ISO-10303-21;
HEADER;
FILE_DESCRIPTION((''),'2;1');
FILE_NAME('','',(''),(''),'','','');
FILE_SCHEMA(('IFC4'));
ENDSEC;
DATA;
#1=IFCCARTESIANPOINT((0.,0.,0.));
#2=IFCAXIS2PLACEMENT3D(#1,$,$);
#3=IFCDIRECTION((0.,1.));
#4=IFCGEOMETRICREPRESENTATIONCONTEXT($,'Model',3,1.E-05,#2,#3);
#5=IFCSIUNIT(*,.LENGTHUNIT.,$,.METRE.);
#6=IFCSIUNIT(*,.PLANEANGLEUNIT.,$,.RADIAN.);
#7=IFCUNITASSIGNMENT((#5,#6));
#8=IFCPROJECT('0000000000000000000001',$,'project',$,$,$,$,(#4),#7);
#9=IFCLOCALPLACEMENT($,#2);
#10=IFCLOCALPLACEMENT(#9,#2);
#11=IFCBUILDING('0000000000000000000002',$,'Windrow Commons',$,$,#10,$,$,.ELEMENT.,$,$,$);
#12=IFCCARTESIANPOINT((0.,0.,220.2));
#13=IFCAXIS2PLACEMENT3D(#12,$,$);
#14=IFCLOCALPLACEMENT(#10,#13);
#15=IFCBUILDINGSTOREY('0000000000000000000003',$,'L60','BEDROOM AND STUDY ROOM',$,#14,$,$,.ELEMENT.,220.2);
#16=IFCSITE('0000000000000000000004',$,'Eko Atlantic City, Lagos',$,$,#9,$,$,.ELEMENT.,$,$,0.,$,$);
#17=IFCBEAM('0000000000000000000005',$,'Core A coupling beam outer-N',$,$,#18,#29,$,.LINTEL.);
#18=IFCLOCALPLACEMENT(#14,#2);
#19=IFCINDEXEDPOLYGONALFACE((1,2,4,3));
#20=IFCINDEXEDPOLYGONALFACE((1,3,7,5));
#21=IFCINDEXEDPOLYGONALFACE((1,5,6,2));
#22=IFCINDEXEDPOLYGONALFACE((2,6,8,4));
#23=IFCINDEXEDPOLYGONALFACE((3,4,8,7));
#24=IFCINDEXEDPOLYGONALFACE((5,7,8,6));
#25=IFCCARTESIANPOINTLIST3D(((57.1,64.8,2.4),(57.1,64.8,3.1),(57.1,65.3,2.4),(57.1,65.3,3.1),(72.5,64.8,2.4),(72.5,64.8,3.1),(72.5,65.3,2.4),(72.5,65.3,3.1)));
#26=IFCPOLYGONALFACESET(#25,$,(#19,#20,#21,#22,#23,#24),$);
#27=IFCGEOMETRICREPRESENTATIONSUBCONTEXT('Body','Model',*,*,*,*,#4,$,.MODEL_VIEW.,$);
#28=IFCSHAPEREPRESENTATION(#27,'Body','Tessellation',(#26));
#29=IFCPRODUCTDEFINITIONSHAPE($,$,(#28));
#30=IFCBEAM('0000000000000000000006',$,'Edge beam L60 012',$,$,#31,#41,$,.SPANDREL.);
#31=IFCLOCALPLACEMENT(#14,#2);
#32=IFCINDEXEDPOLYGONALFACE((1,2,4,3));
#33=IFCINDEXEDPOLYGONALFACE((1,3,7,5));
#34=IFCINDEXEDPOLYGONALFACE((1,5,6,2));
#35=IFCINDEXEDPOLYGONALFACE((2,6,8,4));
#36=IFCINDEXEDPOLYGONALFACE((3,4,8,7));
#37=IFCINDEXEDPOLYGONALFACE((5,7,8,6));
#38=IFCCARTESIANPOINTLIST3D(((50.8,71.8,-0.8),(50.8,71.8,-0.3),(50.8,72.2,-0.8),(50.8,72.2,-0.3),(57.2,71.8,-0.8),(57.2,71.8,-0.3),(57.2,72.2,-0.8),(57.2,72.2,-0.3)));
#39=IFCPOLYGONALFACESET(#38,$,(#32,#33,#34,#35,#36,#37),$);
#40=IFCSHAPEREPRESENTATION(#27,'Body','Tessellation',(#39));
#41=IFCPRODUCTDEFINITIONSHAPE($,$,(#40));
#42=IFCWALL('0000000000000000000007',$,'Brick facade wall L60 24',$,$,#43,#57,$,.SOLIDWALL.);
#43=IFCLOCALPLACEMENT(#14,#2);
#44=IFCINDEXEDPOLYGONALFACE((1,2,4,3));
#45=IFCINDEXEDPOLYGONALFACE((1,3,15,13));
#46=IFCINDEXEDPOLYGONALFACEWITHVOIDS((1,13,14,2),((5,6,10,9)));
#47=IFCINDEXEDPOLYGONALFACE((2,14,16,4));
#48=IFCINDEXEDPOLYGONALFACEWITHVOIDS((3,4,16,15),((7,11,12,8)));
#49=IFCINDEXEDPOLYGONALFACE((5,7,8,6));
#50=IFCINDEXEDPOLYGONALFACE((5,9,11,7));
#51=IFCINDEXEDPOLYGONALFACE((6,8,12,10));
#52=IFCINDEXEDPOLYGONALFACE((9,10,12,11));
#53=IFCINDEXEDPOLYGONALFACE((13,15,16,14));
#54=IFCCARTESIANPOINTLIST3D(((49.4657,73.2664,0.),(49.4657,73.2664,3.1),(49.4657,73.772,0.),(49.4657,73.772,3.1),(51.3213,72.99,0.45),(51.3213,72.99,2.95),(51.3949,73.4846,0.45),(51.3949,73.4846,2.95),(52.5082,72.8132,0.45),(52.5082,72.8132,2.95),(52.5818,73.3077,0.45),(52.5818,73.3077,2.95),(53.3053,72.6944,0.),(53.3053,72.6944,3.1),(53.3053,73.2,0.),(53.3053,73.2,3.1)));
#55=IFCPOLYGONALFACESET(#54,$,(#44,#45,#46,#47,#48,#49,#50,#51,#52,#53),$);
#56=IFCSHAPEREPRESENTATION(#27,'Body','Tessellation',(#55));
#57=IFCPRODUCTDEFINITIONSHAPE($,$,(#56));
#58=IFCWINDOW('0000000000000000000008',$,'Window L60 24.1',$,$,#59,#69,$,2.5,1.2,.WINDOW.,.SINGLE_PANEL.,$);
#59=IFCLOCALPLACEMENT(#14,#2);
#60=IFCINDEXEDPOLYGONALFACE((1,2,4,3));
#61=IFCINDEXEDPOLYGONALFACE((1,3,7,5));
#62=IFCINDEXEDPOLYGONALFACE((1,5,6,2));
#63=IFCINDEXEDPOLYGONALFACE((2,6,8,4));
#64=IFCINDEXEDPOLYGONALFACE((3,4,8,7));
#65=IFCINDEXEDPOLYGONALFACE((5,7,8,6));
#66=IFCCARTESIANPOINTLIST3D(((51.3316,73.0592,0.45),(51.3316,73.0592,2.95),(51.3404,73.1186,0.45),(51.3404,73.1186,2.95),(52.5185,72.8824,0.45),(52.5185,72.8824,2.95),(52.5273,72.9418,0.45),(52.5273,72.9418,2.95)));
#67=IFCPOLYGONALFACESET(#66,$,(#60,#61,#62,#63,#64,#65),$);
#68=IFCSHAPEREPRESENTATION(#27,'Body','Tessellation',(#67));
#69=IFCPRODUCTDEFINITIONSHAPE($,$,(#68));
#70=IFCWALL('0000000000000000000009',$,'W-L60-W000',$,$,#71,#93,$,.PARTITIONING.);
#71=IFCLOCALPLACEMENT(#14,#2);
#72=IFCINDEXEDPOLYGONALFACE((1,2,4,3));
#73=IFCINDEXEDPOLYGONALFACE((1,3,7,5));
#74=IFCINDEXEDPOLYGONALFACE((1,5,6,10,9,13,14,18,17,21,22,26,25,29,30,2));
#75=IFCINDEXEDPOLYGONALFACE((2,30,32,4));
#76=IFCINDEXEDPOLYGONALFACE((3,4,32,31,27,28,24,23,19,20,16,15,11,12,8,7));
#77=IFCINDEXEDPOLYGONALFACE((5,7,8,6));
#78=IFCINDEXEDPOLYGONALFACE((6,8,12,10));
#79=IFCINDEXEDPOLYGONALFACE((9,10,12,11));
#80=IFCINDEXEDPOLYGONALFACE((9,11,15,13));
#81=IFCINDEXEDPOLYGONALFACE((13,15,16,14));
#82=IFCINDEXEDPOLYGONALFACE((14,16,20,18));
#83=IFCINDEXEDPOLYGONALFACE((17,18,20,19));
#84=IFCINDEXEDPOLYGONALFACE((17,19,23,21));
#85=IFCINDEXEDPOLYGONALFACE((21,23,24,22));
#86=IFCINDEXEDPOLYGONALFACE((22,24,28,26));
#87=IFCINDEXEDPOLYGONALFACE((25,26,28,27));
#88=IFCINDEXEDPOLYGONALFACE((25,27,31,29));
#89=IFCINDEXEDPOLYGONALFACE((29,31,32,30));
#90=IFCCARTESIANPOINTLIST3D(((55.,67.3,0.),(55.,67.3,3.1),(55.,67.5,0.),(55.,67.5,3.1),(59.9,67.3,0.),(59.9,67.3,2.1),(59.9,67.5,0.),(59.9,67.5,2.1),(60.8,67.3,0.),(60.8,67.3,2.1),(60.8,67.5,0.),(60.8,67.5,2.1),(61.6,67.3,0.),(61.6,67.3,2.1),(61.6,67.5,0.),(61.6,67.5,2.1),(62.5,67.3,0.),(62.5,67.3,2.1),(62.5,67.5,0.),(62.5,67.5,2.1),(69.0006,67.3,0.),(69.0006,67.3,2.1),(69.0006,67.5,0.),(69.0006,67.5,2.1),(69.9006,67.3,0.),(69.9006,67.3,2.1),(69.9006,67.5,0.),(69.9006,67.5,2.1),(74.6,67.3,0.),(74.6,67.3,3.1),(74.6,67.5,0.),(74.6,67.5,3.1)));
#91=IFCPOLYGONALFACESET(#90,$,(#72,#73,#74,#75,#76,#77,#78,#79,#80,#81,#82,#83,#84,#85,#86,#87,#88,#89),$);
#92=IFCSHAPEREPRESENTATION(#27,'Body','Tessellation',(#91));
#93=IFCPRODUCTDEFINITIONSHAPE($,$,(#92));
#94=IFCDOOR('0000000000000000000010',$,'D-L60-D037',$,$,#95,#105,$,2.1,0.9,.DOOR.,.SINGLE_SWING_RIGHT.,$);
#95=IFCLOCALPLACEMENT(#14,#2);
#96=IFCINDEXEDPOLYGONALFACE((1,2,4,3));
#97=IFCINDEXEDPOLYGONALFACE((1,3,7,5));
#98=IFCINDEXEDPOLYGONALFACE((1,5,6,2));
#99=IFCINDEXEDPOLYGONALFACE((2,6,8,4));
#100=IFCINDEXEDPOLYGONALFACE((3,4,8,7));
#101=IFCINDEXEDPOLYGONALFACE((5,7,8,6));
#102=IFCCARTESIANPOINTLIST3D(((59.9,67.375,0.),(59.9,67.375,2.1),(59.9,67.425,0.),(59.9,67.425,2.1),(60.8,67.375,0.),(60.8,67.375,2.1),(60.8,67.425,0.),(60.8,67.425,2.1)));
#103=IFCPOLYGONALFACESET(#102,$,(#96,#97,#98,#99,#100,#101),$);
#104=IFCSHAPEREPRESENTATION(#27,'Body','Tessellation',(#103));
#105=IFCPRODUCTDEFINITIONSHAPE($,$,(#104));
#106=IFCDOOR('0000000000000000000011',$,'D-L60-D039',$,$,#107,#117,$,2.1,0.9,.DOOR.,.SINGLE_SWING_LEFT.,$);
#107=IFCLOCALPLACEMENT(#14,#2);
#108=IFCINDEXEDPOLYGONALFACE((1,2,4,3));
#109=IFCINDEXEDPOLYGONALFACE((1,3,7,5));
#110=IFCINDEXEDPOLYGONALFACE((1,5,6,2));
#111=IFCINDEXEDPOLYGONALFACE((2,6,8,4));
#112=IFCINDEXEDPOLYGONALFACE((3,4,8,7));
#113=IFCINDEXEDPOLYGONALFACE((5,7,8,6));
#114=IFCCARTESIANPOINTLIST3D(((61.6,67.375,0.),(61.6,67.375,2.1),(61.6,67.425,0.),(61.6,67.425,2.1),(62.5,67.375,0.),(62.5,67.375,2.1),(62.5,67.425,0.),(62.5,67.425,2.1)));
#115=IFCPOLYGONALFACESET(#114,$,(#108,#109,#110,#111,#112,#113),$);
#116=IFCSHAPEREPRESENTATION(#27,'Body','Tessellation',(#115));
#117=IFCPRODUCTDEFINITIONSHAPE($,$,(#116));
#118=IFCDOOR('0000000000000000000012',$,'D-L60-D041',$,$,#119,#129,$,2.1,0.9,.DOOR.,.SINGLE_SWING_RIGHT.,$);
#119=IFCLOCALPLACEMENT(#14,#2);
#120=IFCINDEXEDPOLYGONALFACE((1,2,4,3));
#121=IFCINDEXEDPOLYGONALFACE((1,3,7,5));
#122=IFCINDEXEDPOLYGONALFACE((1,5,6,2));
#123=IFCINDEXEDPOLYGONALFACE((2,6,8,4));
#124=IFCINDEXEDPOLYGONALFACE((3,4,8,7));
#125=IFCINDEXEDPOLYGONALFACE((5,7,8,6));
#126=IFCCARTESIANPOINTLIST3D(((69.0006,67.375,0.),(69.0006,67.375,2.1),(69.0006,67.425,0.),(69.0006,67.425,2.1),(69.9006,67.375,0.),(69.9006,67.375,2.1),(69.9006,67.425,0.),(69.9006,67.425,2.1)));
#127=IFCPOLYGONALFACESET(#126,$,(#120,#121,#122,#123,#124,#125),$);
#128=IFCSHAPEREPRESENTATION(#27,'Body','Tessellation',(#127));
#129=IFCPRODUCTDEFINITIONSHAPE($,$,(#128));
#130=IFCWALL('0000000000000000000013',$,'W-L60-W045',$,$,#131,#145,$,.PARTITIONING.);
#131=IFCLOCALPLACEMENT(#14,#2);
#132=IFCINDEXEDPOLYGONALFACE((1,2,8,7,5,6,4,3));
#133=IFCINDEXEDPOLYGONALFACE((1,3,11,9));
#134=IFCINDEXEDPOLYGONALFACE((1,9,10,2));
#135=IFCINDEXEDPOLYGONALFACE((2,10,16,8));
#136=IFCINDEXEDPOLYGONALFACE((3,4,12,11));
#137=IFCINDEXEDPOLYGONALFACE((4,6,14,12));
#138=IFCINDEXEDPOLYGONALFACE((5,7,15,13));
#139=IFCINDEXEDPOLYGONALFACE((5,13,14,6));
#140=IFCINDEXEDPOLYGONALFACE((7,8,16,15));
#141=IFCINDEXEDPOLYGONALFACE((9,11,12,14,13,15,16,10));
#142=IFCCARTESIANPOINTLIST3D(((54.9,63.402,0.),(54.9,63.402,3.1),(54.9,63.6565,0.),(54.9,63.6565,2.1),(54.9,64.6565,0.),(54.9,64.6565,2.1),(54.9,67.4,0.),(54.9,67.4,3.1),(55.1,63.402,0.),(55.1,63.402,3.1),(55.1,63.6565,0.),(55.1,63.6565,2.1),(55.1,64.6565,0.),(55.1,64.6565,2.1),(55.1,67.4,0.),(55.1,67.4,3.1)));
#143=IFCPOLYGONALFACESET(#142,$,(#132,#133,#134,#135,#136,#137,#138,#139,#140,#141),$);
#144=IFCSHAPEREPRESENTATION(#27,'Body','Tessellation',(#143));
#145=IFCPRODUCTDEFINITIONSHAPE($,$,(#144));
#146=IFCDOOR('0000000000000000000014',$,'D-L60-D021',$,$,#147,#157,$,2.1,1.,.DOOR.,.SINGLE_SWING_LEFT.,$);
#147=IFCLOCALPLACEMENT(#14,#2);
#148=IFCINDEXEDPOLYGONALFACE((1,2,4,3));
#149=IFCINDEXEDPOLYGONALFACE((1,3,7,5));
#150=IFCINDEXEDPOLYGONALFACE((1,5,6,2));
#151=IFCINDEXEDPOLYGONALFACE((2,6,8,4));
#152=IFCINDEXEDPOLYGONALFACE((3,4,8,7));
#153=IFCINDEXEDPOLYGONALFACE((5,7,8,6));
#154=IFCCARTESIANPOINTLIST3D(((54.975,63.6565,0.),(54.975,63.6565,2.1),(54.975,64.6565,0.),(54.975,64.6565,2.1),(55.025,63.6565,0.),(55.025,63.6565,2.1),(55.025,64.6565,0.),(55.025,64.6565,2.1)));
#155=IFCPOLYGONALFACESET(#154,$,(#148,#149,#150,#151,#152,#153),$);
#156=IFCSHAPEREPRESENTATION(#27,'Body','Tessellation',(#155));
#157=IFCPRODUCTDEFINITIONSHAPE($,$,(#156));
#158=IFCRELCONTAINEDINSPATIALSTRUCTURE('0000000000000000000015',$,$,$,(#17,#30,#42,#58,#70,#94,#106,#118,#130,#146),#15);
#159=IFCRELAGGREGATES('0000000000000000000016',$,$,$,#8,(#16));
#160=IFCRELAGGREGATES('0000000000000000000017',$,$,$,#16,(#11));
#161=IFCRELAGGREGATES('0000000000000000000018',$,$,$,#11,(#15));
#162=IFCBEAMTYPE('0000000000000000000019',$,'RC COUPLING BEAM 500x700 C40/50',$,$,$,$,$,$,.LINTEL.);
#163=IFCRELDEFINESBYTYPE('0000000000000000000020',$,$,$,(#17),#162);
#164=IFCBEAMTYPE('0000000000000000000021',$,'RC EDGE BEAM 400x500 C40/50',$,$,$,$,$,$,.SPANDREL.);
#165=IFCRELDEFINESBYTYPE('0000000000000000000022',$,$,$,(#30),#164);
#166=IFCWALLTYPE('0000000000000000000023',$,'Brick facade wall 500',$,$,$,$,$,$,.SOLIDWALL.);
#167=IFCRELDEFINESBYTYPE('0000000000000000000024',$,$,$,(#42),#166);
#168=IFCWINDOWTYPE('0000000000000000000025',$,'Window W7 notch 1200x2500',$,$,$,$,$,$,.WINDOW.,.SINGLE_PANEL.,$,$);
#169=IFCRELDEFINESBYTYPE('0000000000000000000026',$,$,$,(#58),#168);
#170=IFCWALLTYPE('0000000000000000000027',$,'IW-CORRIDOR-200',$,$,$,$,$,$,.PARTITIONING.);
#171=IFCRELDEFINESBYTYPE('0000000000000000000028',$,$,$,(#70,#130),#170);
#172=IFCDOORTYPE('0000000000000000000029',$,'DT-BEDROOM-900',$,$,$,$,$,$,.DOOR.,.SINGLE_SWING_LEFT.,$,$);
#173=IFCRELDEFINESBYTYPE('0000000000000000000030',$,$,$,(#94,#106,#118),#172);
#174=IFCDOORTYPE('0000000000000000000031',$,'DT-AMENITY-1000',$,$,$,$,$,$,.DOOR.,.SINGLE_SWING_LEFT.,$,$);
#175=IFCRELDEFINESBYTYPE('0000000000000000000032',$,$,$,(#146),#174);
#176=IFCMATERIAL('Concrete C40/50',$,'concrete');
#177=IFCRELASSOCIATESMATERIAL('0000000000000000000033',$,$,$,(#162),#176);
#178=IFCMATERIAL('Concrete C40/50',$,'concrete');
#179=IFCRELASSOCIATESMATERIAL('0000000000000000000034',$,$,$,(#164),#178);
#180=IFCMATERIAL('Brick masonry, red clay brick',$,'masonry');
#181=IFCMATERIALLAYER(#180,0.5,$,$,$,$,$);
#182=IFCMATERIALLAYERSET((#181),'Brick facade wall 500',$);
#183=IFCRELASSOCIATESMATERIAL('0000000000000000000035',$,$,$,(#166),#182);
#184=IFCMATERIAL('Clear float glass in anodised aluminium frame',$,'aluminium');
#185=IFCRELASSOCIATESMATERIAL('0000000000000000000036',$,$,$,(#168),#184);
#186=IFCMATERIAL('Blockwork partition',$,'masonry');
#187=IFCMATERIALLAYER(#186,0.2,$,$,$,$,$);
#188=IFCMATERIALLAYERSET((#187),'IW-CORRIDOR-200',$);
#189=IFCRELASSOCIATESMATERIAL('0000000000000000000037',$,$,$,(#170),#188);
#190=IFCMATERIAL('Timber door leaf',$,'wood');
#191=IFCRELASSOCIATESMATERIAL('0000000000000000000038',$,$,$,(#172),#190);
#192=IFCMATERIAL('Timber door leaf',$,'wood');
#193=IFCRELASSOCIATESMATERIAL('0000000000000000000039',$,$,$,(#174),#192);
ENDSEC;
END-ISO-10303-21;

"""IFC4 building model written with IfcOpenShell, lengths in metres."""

from ifc_helpers import new_model, si_unit, direction, frame, frame_2d, origin, origin_2d, place, context, subcontext, project, spatial, polyline, rectangle, outline, extrude, material, layer, layer_set, material_profile, profile_set, type_object, element, fill, save


model = new_model("IFC4")

# Units and contexts
model_context = context("Model", 3, precision=1e-05, world=origin(), true_north=direction((0.0, 1.0)))
body_context = subcontext(model_context, "Body", "Model", "MODEL_VIEW")
ifc_project = project(units=[si_unit("LENGTHUNIT", "METRE"), si_unit("PLANEANGLEUNIT", "RADIAN")], contexts=[model_context])

# Site, building, storey
site_placement = place(None, origin())
site = spatial("IfcSite", under=ifc_project, at=site_placement, Name="Eko Atlantic City, Lagos", CompositionType="ELEMENT", RefElevation=0.0)
building_placement = place(site_placement, origin())
building = spatial("IfcBuilding", under=site, at=building_placement, Name="Windrow Commons", CompositionType="ELEMENT")
storey_placement = place(building_placement, frame((0.0, 0.0, 220.2)))
storey = spatial("IfcBuildingStorey", under=building, at=storey_placement, Name="L60", Description="BEDROOM AND STUDY ROOM", CompositionType="ELEMENT", Elevation=220.2)

# Beams
ifc_material_1 = material(Name="Concrete C40/50", Category="concrete")
ifc_material_profile_1 = material_profile(ifc_material_1, rectangle(XDim=0.5, YDim=0.7, at=origin_2d()))
ifc_profile_set_1 = profile_set([ifc_material_profile_1], Name="Concrete C40/50")
beam_type_1 = type_object("IfcBeamType", Name="RC COUPLING BEAM 500x700 C40/50", PredefinedType="LINTEL", material=ifc_profile_set_1)
beam_1_placement = place(storey_placement, frame((57.1, 65.05, 2.75), z_axis=(1.0, 0.0, 0.0), x_axis=(0.0, 1.0, 0.0)))
element("IfcBeam", 1, at=beam_1_placement, inside=storey, type_object=beam_type_1, Name="Core A coupling beam outer-N", PredefinedType="LINTEL", context=body_context, shape_type="SweptSolid", body=[
    extrude(rectangle(XDim=0.5, YDim=0.7, at=origin_2d()), origin(), (0.0, 0.0, 1.0), 15.4),
])
ifc_material_2 = material(Name="Concrete C40/50", Category="concrete")
ifc_material_profile_2 = material_profile(ifc_material_2, rectangle(XDim=0.4, YDim=0.5, at=origin_2d()))
ifc_profile_set_2 = profile_set([ifc_material_profile_2], Name="Concrete C40/50")
beam_type_2 = type_object("IfcBeamType", Name="RC EDGE BEAM 400x500 C40/50", PredefinedType="SPANDREL", material=ifc_profile_set_2)
beam_2_placement = place(storey_placement, frame((50.8, 72.0, -0.55), z_axis=(1.0, 0.0, 0.0), x_axis=(0.0, 1.0, 0.0)))
element("IfcBeam", 2, at=beam_2_placement, inside=storey, type_object=beam_type_2, Name="Edge beam L60 012", PredefinedType="SPANDREL", context=body_context, shape_type="SweptSolid", body=[
    extrude(rectangle(XDim=0.4, YDim=0.5, at=origin_2d()), origin(), (0.0, 0.0, 1.0), 6.4),
])

# Wall, opening, window
ifc_material_3 = material(Name="Brick masonry, red clay brick", Category="masonry")
ifc_layer_1 = layer(ifc_material_3, 0.5)
ifc_layer_set_1 = layer_set([ifc_layer_1], Name="Brick facade wall 500")
wall_type_1 = type_object("IfcWallType", Name="Brick facade wall 500", PredefinedType="SOLIDWALL", material=ifc_layer_set_1)
wall_1_placement = place(storey_placement, frame((53.3053, 72.9472, 0.0), z_axis=(0.0, 0.0, 1.0), x_axis=(-0.989085, 0.147348, 0.0)))
wall_1 = element("IfcWall", 3, at=wall_1_placement, inside=storey, type_object=wall_type_1, Name="Brick facade wall L60 24", PredefinedType="SOLIDWALL", context=body_context, shape_type="SweptSolid", body=[
    extrude(outline(polyline([(0.0372, -0.25), (3.9192, -0.25), (3.8447, 0.25), (-0.0372, 0.25), (0.0372, -0.25)])), origin(), (0.0, 0.0, 1.0), 3.1),
])
opening_1_placement = place(wall_1_placement, frame((0.7687, 0.0, 0.45)))
opening_1 = element("IfcOpeningElement", 4, at=opening_1_placement, cuts=wall_1, PredefinedType="OPENING", context=body_context, shape_type="SweptSolid", body=[
    extrude(rectangle(XDim=1.2, YDim=2.5, at=frame_2d((0.6, 1.25))), frame((0.0, 0.26, 0.0), z_axis=(0.0, -1.0, 0.0), x_axis=(1.0, 0.0, 0.0)), (0.0, 0.0, 1.0), 0.52),
])
ifc_material_4 = material(Name="Clear float glass in anodised aluminium frame", Category="aluminium")
window_type = type_object("IfcWindowType", Name="Window W7 notch 1200x2500", PartitioningType="SINGLE_PANEL", PredefinedType="WINDOW", material=ifc_material_4)
window_placement = place(opening_1_placement, origin())
window = element("IfcWindow", 5, at=window_placement, inside=storey, type_object=window_type, Name="Window L60 24.1", OverallHeight=2.5, OverallWidth=1.2, PartitioningType="SINGLE_PANEL", PredefinedType="WINDOW", context=body_context, shape_type="SweptSolid", body=[
    extrude(rectangle(XDim=1.2, YDim=2.5, at=frame_2d((0.6, 1.25))), frame((0.0, 0.18, 0.0), z_axis=(0.0, -1.0, 0.0), x_axis=(1.0, 0.0, 0.0)), (0.0, 0.0, 1.0), 0.06),
])
fill(opening_1, window)

# Wall, openings, doors
ifc_material_5 = material(Name="Blockwork partition", Category="masonry")
ifc_layer_2 = layer(ifc_material_5, 0.2)
ifc_layer_set_2 = layer_set([ifc_layer_2], Name="IW-CORRIDOR-200")
wall_type_2 = type_object("IfcWallType", Name="IW-CORRIDOR-200", PredefinedType="PARTITIONING", material=ifc_layer_set_2)
wall_2_placement = place(storey_placement, frame((55.0, 67.4, 0.0), z_axis=(0.0, 0.0, 1.0), x_axis=(1.0, 0.0, 0.0)))
wall_2 = element("IfcWall", 6, at=wall_2_placement, inside=storey, type_object=wall_type_2, Name="W-L60-W000", PredefinedType="PARTITIONING", context=body_context, shape_type="SweptSolid", body=[
    extrude(rectangle(XDim=19.6, YDim=0.2, at=frame_2d((9.8, 0.0))), origin(), (0.0, 0.0, 1.0), 3.1),
])
opening_2_placement = place(wall_2_placement, frame((4.9, 0.0, 0.0)))
opening_2 = element("IfcOpeningElement", 7, at=opening_2_placement, cuts=wall_2, PredefinedType="OPENING", context=body_context, shape_type="SweptSolid", body=[
    extrude(rectangle(XDim=0.9, YDim=2.1, at=frame_2d((0.45, 1.05))), frame((0.0, 0.11, 0.0), z_axis=(0.0, -1.0, 0.0), x_axis=(1.0, 0.0, 0.0)), (0.0, 0.0, 1.0), 0.22),
])
opening_3_placement = place(wall_2_placement, frame((6.6, 0.0, 0.0)))
opening_3 = element("IfcOpeningElement", 8, at=opening_3_placement, cuts=wall_2, PredefinedType="OPENING", context=body_context, shape_type="SweptSolid", body=[
    extrude(rectangle(XDim=0.9, YDim=2.1, at=frame_2d((0.45, 1.05))), frame((0.0, 0.11, 0.0), z_axis=(0.0, -1.0, 0.0), x_axis=(1.0, 0.0, 0.0)), (0.0, 0.0, 1.0), 0.22),
])
opening_4_placement = place(wall_2_placement, frame((14.0006, 0.0, 0.0)))
opening_4 = element("IfcOpeningElement", 9, at=opening_4_placement, cuts=wall_2, PredefinedType="OPENING", context=body_context, shape_type="SweptSolid", body=[
    extrude(rectangle(XDim=0.9, YDim=2.1, at=frame_2d((0.45, 1.05))), frame((0.0, 0.11, 0.0), z_axis=(0.0, -1.0, 0.0), x_axis=(1.0, 0.0, 0.0)), (0.0, 0.0, 1.0), 0.22),
])
ifc_material_6 = material(Name="Timber door leaf", Category="wood")
door_type_1 = type_object("IfcDoorType", Name="DT-BEDROOM-900", OperationType="SINGLE_SWING_LEFT", PredefinedType="DOOR", material=ifc_material_6)
door_1_placement = place(opening_2_placement, origin())
door_1 = element("IfcDoor", 10, at=door_1_placement, inside=storey, type_object=door_type_1, Name="D-L60-D037", OperationType="SINGLE_SWING_RIGHT", OverallHeight=2.1, OverallWidth=0.9, PredefinedType="DOOR", context=body_context, shape_type="SweptSolid", body=[
    extrude(rectangle(XDim=0.9, YDim=2.1, at=frame_2d((0.45, 1.05))), frame((0.0, 0.025, 0.0), z_axis=(0.0, -1.0, 0.0), x_axis=(1.0, 0.0, 0.0)), (0.0, 0.0, 1.0), 0.05),
])
fill(opening_2, door_1)
door_2_placement = place(opening_3_placement, origin())
door_2 = element("IfcDoor", 11, at=door_2_placement, inside=storey, type_object=door_type_1, Name="D-L60-D039", OperationType="SINGLE_SWING_LEFT", OverallHeight=2.1, OverallWidth=0.9, PredefinedType="DOOR", context=body_context, shape_type="SweptSolid", body=[
    extrude(rectangle(XDim=0.9, YDim=2.1, at=frame_2d((0.45, 1.05))), frame((0.0, 0.025, 0.0), z_axis=(0.0, -1.0, 0.0), x_axis=(1.0, 0.0, 0.0)), (0.0, 0.0, 1.0), 0.05),
])
fill(opening_3, door_2)
door_3_placement = place(opening_4_placement, origin())
door_3 = element("IfcDoor", 12, at=door_3_placement, inside=storey, type_object=door_type_1, Name="D-L60-D041", OperationType="SINGLE_SWING_RIGHT", OverallHeight=2.1, OverallWidth=0.9, PredefinedType="DOOR", context=body_context, shape_type="SweptSolid", body=[
    extrude(rectangle(XDim=0.9, YDim=2.1, at=frame_2d((0.45, 1.05))), frame((0.0, 0.025, 0.0), z_axis=(0.0, -1.0, 0.0), x_axis=(1.0, 0.0, 0.0)), (0.0, 0.0, 1.0), 0.05),
])
fill(opening_4, door_3)

# Wall, opening, door
wall_3_placement = place(storey_placement, frame((55.0, 63.402, 0.0), z_axis=(0.0, 0.0, 1.0), x_axis=(0.0, 1.0, 0.0)))
wall_3 = element("IfcWall", 13, at=wall_3_placement, inside=storey, type_object=wall_type_2, Name="W-L60-W045", PredefinedType="PARTITIONING", context=body_context, shape_type="SweptSolid", body=[
    extrude(rectangle(XDim=3.998, YDim=0.2, at=frame_2d((1.999, 0.0))), origin(), (0.0, 0.0, 1.0), 3.1),
])
opening_5_placement = place(wall_3_placement, frame((0.2545, 0.0, 0.0)))
opening_5 = element("IfcOpeningElement", 14, at=opening_5_placement, cuts=wall_3, PredefinedType="OPENING", context=body_context, shape_type="SweptSolid", body=[
    extrude(rectangle(XDim=1.0, YDim=2.1, at=frame_2d((0.5, 1.05))), frame((0.0, 0.11, 0.0), z_axis=(0.0, -1.0, 0.0), x_axis=(1.0, 0.0, 0.0)), (0.0, 0.0, 1.0), 0.22),
])
ifc_material_7 = material(Name="Timber door leaf", Category="wood")
door_type_2 = type_object("IfcDoorType", Name="DT-AMENITY-1000", OperationType="SINGLE_SWING_LEFT", PredefinedType="DOOR", material=ifc_material_7)
door_4_placement = place(opening_5_placement, origin())
door_4 = element("IfcDoor", 15, at=door_4_placement, inside=storey, type_object=door_type_2, Name="D-L60-D021", OperationType="SINGLE_SWING_LEFT", OverallHeight=2.1, OverallWidth=1.0, PredefinedType="DOOR", context=body_context, shape_type="SweptSolid", body=[
    extrude(rectangle(XDim=1.0, YDim=2.1, at=frame_2d((0.5, 1.05))), frame((0.0, 0.025, 0.0), z_axis=(0.0, -1.0, 0.0), x_axis=(1.0, 0.0, 0.0)), (0.0, 0.0, 1.0), 0.05),
])
fill(opening_5, door_4)

save(model, "model.ifc")
